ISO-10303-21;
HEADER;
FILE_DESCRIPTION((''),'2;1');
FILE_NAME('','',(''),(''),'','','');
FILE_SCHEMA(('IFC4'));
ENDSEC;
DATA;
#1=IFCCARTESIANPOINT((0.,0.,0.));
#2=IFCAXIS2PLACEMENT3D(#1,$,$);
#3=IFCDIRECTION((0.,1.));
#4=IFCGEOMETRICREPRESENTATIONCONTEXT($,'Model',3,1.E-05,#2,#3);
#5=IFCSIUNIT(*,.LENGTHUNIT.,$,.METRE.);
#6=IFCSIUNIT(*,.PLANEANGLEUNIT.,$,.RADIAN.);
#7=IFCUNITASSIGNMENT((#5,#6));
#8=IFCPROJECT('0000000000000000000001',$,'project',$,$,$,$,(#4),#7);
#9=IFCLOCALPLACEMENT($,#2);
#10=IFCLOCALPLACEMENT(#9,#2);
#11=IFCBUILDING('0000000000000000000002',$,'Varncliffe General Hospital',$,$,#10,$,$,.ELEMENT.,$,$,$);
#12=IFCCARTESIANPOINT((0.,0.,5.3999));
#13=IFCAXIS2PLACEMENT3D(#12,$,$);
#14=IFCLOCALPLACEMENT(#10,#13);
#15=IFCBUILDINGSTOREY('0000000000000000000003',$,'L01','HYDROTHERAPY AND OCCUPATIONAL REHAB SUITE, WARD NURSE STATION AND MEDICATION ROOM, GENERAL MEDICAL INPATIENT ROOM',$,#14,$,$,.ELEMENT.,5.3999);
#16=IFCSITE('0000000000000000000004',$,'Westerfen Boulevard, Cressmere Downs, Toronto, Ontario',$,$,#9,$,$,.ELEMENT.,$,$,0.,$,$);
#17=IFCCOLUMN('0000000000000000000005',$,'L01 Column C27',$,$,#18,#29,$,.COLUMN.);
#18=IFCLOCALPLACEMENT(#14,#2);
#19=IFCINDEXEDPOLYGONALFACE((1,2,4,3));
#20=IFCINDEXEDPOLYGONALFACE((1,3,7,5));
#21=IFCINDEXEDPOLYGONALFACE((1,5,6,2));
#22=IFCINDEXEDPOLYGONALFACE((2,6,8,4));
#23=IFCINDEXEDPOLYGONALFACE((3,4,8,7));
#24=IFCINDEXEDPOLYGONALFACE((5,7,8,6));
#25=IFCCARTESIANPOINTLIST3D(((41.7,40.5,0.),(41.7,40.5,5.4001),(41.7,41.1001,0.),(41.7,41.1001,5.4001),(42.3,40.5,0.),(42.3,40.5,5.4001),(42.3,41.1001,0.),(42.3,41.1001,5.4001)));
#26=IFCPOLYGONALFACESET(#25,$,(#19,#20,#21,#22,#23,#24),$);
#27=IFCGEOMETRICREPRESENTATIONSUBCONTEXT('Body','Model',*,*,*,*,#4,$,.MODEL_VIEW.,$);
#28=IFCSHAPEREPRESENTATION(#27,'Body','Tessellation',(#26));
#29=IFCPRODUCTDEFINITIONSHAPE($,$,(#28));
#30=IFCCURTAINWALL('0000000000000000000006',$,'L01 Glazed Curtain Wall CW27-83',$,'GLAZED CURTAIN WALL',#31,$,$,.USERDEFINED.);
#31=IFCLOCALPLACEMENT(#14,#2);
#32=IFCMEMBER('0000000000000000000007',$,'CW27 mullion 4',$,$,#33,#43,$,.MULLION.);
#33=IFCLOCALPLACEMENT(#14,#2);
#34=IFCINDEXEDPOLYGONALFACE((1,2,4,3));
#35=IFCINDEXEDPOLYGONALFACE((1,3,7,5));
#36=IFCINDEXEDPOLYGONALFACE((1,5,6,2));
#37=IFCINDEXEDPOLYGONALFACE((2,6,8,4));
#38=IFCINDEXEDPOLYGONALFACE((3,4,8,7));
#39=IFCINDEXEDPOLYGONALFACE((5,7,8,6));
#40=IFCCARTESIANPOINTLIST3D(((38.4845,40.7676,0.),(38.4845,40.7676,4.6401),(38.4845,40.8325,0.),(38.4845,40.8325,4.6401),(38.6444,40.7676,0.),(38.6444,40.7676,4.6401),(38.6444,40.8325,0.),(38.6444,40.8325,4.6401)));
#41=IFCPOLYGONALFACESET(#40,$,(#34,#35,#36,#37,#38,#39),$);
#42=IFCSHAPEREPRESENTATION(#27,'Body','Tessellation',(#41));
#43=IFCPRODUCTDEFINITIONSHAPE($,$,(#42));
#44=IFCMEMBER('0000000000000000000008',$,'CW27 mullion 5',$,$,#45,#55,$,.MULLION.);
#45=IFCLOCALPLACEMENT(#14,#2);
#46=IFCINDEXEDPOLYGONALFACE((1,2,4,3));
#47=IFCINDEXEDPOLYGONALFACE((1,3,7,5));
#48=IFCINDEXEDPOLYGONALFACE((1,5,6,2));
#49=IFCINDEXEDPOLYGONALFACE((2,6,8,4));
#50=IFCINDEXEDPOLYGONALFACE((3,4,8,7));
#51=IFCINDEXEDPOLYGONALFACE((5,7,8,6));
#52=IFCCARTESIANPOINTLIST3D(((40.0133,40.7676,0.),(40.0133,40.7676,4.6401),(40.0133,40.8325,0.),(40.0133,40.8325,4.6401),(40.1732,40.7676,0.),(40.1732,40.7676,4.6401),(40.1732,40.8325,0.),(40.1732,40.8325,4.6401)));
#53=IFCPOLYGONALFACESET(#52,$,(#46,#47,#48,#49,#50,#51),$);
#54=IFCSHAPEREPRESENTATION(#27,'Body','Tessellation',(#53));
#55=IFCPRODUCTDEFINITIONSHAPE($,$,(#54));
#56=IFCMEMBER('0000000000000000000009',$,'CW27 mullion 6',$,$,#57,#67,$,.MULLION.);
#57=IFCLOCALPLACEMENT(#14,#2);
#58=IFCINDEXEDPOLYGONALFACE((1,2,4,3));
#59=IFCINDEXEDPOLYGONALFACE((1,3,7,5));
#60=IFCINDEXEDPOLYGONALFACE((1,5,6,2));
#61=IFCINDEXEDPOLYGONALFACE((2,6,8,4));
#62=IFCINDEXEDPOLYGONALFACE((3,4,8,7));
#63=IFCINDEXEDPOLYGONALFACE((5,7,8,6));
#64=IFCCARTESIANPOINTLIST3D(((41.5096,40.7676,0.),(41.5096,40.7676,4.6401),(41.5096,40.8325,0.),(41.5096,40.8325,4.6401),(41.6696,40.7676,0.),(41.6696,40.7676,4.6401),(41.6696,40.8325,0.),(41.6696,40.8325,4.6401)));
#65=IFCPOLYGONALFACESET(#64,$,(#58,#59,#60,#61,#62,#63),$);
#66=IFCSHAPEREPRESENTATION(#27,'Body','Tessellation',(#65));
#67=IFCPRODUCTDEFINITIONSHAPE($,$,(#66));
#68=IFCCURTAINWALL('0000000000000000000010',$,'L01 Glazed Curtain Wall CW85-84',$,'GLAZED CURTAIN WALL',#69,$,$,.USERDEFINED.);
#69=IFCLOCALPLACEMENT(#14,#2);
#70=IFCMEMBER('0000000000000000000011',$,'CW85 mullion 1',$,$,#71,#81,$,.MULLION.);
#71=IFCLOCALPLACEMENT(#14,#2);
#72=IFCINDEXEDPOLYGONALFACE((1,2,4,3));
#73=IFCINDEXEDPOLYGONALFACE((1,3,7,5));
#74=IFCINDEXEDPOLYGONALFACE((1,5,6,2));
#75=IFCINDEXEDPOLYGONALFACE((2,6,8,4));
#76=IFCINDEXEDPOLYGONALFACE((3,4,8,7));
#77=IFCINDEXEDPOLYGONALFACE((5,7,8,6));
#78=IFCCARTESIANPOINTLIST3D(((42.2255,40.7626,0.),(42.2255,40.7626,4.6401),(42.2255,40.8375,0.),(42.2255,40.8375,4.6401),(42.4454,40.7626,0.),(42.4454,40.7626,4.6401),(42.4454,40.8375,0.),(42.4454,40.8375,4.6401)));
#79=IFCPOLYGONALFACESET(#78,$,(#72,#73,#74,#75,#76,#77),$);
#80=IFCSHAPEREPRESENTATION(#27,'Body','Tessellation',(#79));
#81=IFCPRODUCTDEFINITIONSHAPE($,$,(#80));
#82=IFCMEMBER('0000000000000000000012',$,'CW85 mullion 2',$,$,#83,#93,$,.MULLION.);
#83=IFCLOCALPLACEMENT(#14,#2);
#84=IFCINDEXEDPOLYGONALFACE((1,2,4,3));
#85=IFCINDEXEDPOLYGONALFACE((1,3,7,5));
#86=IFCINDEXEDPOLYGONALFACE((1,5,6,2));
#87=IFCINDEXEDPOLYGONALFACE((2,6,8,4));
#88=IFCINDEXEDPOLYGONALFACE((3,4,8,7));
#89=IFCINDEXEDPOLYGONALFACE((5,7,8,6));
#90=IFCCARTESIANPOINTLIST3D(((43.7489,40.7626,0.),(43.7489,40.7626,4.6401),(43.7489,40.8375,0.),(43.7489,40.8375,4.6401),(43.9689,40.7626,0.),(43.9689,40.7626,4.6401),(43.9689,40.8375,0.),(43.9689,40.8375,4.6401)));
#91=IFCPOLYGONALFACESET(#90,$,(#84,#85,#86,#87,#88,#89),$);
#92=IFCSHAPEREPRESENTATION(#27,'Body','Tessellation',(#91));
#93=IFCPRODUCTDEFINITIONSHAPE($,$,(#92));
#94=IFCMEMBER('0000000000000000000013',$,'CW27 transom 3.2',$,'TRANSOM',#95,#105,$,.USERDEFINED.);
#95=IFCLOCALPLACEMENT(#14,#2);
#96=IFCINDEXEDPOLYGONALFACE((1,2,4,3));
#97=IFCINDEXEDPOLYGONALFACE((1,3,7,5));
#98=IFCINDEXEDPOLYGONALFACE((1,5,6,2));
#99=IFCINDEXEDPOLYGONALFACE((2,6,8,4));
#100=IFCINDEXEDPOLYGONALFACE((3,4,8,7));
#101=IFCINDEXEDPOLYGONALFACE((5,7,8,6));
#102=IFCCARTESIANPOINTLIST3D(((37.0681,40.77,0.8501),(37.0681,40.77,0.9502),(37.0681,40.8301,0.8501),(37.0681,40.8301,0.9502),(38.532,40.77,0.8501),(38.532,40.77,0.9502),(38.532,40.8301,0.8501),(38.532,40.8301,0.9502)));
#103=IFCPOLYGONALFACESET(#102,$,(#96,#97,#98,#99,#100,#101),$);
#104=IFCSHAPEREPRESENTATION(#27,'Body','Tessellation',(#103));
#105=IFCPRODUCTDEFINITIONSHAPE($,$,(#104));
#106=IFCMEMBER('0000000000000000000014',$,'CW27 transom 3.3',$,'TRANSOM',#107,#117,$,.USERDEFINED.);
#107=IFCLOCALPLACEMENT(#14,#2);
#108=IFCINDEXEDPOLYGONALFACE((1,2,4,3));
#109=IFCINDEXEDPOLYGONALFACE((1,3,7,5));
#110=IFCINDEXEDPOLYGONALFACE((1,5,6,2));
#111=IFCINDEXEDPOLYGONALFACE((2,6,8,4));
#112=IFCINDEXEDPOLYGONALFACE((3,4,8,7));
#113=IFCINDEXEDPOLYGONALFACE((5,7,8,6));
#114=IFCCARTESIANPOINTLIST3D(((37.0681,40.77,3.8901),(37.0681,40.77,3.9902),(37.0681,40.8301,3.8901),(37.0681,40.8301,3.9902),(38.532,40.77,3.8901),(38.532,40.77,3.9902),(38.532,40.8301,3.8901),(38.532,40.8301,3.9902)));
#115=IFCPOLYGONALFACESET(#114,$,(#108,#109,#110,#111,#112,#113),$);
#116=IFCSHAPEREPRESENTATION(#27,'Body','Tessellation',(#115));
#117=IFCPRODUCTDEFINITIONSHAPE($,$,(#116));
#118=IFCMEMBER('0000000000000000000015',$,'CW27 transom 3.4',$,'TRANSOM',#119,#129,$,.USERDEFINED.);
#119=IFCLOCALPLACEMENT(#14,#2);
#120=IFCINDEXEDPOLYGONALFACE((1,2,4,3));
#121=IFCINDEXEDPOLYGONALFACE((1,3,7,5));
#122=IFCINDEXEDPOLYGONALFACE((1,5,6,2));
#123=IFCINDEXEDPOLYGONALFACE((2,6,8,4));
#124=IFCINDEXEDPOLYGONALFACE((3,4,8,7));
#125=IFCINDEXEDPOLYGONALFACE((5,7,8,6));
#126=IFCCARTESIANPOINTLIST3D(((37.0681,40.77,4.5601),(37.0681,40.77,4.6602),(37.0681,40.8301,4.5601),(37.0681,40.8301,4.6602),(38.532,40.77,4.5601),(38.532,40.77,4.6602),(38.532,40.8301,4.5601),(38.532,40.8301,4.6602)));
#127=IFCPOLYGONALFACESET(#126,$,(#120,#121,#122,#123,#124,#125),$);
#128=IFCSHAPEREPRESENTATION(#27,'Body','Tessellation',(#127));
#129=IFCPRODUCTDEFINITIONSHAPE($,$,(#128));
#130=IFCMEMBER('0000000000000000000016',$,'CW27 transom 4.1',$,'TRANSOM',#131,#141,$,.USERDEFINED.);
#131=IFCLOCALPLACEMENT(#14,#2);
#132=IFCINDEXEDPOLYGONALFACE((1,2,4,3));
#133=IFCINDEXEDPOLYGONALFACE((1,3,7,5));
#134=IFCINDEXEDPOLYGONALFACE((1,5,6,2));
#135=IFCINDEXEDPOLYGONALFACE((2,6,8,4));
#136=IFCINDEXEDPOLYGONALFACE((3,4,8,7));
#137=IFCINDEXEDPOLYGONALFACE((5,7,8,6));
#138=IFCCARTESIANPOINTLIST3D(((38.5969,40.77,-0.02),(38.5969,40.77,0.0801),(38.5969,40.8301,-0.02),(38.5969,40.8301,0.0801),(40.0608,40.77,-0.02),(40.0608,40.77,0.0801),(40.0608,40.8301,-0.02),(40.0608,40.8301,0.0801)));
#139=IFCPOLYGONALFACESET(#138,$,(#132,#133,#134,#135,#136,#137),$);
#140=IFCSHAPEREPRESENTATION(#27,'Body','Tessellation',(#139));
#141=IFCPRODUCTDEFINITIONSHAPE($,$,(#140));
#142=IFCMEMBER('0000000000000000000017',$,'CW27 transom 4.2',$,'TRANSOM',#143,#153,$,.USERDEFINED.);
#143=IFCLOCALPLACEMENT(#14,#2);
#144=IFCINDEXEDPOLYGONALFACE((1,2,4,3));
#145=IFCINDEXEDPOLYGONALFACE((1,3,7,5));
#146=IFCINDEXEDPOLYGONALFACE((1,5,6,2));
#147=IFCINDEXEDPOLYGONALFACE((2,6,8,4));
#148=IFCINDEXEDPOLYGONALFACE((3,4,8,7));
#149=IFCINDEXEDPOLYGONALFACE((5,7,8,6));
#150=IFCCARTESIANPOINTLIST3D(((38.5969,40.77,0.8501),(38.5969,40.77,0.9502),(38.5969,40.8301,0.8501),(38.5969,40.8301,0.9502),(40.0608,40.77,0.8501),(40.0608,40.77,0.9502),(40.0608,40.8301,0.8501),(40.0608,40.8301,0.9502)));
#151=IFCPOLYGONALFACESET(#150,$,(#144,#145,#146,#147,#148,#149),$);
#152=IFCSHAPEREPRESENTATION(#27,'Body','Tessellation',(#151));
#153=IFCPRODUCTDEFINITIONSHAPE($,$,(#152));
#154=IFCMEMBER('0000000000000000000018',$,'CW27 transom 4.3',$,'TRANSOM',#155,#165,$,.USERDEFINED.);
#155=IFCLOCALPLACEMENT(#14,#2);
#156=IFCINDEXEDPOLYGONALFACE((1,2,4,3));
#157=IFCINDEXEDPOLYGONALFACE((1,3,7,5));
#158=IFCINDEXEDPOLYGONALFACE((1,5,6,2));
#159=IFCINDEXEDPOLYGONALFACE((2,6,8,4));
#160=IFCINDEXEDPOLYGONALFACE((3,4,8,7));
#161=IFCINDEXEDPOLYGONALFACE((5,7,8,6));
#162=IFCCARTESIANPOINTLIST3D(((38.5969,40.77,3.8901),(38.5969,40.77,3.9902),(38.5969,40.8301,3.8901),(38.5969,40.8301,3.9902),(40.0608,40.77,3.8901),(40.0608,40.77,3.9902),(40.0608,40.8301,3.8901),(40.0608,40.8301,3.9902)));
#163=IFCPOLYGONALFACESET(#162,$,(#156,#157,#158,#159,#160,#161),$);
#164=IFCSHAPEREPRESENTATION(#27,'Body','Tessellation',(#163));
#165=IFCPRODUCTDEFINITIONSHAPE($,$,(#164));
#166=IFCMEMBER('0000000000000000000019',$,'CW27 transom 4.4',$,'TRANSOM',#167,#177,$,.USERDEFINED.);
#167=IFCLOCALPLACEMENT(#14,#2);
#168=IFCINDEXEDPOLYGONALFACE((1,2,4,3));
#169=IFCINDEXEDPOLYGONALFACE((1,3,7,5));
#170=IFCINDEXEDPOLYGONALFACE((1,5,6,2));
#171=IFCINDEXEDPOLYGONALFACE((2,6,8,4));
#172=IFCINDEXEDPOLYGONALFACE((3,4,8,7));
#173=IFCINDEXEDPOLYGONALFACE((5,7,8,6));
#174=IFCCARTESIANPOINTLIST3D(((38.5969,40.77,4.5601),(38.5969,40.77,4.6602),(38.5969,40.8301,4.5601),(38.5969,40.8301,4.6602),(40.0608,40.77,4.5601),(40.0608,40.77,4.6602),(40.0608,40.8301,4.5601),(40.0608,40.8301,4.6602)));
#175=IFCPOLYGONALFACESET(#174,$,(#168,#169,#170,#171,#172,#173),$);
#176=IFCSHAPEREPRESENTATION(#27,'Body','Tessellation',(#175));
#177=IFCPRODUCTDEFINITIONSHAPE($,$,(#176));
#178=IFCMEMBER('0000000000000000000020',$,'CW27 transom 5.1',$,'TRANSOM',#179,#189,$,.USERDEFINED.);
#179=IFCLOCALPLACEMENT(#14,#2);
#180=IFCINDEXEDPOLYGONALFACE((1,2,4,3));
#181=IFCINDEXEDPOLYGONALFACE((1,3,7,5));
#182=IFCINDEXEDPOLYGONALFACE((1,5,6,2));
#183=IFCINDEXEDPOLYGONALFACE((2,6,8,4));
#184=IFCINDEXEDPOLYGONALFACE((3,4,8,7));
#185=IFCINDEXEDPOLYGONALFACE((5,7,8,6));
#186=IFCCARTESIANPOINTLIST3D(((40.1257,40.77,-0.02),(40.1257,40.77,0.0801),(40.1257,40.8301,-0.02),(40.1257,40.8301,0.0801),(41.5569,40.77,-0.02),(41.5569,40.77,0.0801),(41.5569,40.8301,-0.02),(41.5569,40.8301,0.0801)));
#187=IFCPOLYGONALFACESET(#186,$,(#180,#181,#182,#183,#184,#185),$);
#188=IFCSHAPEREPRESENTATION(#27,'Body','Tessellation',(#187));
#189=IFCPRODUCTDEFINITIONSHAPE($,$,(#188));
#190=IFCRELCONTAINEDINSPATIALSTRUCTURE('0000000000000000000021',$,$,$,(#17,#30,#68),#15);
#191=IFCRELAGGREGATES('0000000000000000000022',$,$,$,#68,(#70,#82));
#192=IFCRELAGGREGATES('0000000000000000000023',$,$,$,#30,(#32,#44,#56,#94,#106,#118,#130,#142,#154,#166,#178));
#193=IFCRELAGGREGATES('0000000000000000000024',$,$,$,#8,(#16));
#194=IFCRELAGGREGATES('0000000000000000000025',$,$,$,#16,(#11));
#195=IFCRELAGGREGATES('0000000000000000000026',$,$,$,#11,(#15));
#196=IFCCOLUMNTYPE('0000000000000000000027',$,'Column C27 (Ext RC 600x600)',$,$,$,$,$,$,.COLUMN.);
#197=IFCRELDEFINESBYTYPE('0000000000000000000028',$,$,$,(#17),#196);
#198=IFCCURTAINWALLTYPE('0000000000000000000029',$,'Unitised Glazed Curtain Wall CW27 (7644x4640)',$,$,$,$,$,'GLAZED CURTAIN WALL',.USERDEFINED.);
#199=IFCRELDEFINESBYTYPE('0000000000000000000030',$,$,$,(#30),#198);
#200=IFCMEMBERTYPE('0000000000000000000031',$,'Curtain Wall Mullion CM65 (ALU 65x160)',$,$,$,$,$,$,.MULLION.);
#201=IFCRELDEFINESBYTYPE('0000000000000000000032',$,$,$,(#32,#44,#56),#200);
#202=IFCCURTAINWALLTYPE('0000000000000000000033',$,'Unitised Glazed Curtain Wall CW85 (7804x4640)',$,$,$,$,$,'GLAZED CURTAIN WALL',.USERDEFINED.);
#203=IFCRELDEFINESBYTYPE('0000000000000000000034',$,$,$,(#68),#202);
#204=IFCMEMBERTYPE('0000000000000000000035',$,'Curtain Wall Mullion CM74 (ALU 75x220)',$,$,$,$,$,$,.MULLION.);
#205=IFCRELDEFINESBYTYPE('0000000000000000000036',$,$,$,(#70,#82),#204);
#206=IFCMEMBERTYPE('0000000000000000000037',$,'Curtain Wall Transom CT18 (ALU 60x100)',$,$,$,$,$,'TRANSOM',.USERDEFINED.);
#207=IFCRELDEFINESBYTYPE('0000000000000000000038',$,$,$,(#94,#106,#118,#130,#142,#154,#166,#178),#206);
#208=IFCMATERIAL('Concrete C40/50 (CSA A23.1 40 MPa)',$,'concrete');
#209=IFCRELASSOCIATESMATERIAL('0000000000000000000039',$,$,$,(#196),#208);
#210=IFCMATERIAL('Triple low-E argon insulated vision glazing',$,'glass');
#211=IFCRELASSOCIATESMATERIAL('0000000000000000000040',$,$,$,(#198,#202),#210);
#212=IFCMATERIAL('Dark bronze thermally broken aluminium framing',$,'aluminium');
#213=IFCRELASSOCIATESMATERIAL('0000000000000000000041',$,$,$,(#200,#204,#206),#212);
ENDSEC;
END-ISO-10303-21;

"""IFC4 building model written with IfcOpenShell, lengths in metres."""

from ifc_helpers import new_model, si_unit, direction, frame, origin, origin_2d, place, context, subcontext, project, spatial, rectangle, extrude, material, material_profile, profile_set, type_object, element, aggregate, save


model = new_model("IFC4")

# Units and contexts
model_context = context("Model", 3, precision=1e-05, world=origin(), true_north=direction((0.0, 1.0)))
body_context = subcontext(model_context, "Body", "Model", "MODEL_VIEW")
ifc_project = project(units=[si_unit("LENGTHUNIT", "METRE"), si_unit("PLANEANGLEUNIT", "RADIAN")], contexts=[model_context])

# Site, building, storey
site_placement = place(None, origin())
site = spatial("IfcSite", under=ifc_project, at=site_placement, Name="Westerfen Boulevard, Cressmere Downs, Toronto, Ontario", CompositionType="ELEMENT", RefElevation=0.0)
building_placement = place(site_placement, origin())
building = spatial("IfcBuilding", under=site, at=building_placement, Name="Varncliffe General Hospital", CompositionType="ELEMENT")
storey_placement = place(building_placement, frame((0.0, 0.0, 5.3999)))
storey = spatial("IfcBuildingStorey", under=building, at=storey_placement, Name="L01", Description="HYDROTHERAPY AND OCCUPATIONAL REHAB SUITE, WARD NURSE STATION AND MEDICATION ROOM, GENERAL MEDICAL INPATIENT ROOM", CompositionType="ELEMENT", Elevation=5.3999)

# Column
ifc_material_1 = material(Name="Concrete C40/50 (CSA A23.1 40 MPa)", Category="concrete")
ifc_material_profile_1 = material_profile(ifc_material_1, rectangle(XDim=0.6001, YDim=0.6001, at=origin_2d()), Name="RC 600x600")
ifc_profile_set_1 = profile_set([ifc_material_profile_1], Name="Concrete C40/50 (CSA A23.1 40 MPa)")
column_type = type_object("IfcColumnType", Name="Column C27 (Ext RC 600x600)", PredefinedType="COLUMN", material=ifc_profile_set_1)
column_placement = place(storey_placement, frame((42.0, 40.8, 0.0), z_axis=(0.0, 0.0, 1.0), x_axis=(1.0, 0.0, 0.0)))
element("IfcColumn", 1, at=column_placement, inside=storey, type_object=column_type, Name="L01 Column C27", PredefinedType="COLUMN", context=body_context, shape_type="SweptSolid", body=[
    extrude(rectangle(XDim=0.6001, YDim=0.6001, at=origin_2d()), origin(), (0.0, 0.0, 1.0), 5.4001),
])

# Curtain walls, members
ifc_material_2 = material(Name="Triple low-E argon insulated vision glazing", Category="glass")
curtain_wall_type_1 = type_object("IfcCurtainWallType", Name="Unitised Glazed Curtain Wall CW27 (7644x4640)", ElementType="GLAZED CURTAIN WALL", PredefinedType="USERDEFINED", material=ifc_material_2)
curtain_wall_1_placement = place(storey_placement, origin())
curtain_wall_1 = element("IfcCurtainWall", 2, at=curtain_wall_1_placement, inside=storey, type_object=curtain_wall_type_1, Name="L01 Glazed Curtain Wall CW27-83", ObjectType="GLAZED CURTAIN WALL", PredefinedType="USERDEFINED")
ifc_material_3 = material(Name="Dark bronze thermally broken aluminium framing", Category="aluminium")
ifc_material_profile_2 = material_profile(ifc_material_3, rectangle(XDim=0.0649, YDim=0.1599, at=origin_2d()), Name="ALU 65x160")
ifc_profile_set_2 = profile_set([ifc_material_profile_2], Name="Dark bronze thermally broken aluminium framing")
member_type_1 = type_object("IfcMemberType", Name="Curtain Wall Mullion CM65 (ALU 65x160)", PredefinedType="MULLION", material=ifc_profile_set_2)
member_1_placement = place(storey_placement, frame((38.5645, 40.8, 0.0), z_axis=(0.0, 0.0, 1.0), x_axis=(0.0, 1.0, 0.0)))
member_1 = element("IfcMember", 3, at=member_1_placement, type_object=member_type_1, Name="CW27 mullion 4", PredefinedType="MULLION", context=body_context, shape_type="SweptSolid", body=[
    extrude(rectangle(XDim=0.0649, YDim=0.1599, at=origin_2d()), origin(), (0.0, 0.0, 1.0), 4.6401),
])
member_2_placement = place(storey_placement, frame((40.0933, 40.8, 0.0), z_axis=(0.0, 0.0, 1.0), x_axis=(0.0, 1.0, 0.0)))
member_2 = element("IfcMember", 4, at=member_2_placement, type_object=member_type_1, Name="CW27 mullion 5", PredefinedType="MULLION", context=body_context, shape_type="SweptSolid", body=[
    extrude(rectangle(XDim=0.0649, YDim=0.1599, at=origin_2d()), origin(), (0.0, 0.0, 1.0), 4.6401),
])
member_3_placement = place(storey_placement, frame((41.5896, 40.8, 0.0), z_axis=(0.0, 0.0, 1.0), x_axis=(0.0, 1.0, 0.0)))
member_3 = element("IfcMember", 5, at=member_3_placement, type_object=member_type_1, Name="CW27 mullion 6", PredefinedType="MULLION", context=body_context, shape_type="SweptSolid", body=[
    extrude(rectangle(XDim=0.0649, YDim=0.1599, at=origin_2d()), origin(), (0.0, 0.0, 1.0), 4.6401),
])
curtain_wall_type_2 = type_object("IfcCurtainWallType", Name="Unitised Glazed Curtain Wall CW85 (7804x4640)", ElementType="GLAZED CURTAIN WALL", PredefinedType="USERDEFINED", material=ifc_material_2)
curtain_wall_2_placement = place(storey_placement, origin())
curtain_wall_2 = element("IfcCurtainWall", 6, at=curtain_wall_2_placement, inside=storey, type_object=curtain_wall_type_2, Name="L01 Glazed Curtain Wall CW85-84", ObjectType="GLAZED CURTAIN WALL", PredefinedType="USERDEFINED")
ifc_material_profile_3 = material_profile(ifc_material_3, rectangle(XDim=0.075, YDim=0.22, at=origin_2d()), Name="ALU 75x220")
ifc_profile_set_3 = profile_set([ifc_material_profile_3], Name="Dark bronze thermally broken aluminium framing")
member_type_2 = type_object("IfcMemberType", Name="Curtain Wall Mullion CM74 (ALU 75x220)", PredefinedType="MULLION", material=ifc_profile_set_3)
member_4_placement = place(storey_placement, frame((42.3354, 40.8, 0.0), z_axis=(0.0, 0.0, 1.0), x_axis=(0.0, 1.0, 0.0)))
member_4 = element("IfcMember", 7, at=member_4_placement, type_object=member_type_2, Name="CW85 mullion 1", PredefinedType="MULLION", context=body_context, shape_type="SweptSolid", body=[
    extrude(rectangle(XDim=0.075, YDim=0.22, at=origin_2d()), origin(), (0.0, 0.0, 1.0), 4.6401),
])
member_5_placement = place(storey_placement, frame((43.8589, 40.8, 0.0), z_axis=(0.0, 0.0, 1.0), x_axis=(0.0, 1.0, 0.0)))
member_5 = element("IfcMember", 8, at=member_5_placement, type_object=member_type_2, Name="CW85 mullion 2", PredefinedType="MULLION", context=body_context, shape_type="SweptSolid", body=[
    extrude(rectangle(XDim=0.075, YDim=0.22, at=origin_2d()), origin(), (0.0, 0.0, 1.0), 4.6401),
])

# Members
ifc_material_profile_4 = material_profile(ifc_material_3, rectangle(XDim=0.0601, YDim=0.1001, at=origin_2d()), Name="ALU 60x100")
ifc_profile_set_4 = profile_set([ifc_material_profile_4], Name="Dark bronze thermally broken aluminium framing")
member_type_3 = type_object("IfcMemberType", Name="Curtain Wall Transom CT18 (ALU 60x100)", ElementType="TRANSOM", PredefinedType="USERDEFINED", material=ifc_profile_set_4)
member_6_placement = place(storey_placement, frame((37.0681, 40.8, 0.9001), z_axis=(1.0, 0.0, 0.0), x_axis=(0.0, 1.0, 0.0)))
member_6 = element("IfcMember", 9, at=member_6_placement, type_object=member_type_3, Name="CW27 transom 3.2", ObjectType="TRANSOM", PredefinedType="USERDEFINED", context=body_context, shape_type="SweptSolid", body=[
    extrude(rectangle(XDim=0.0601, YDim=0.1001, at=origin_2d()), origin(), (0.0, 0.0, 1.0), 1.4639),
])
member_7_placement = place(storey_placement, frame((37.0681, 40.8, 3.9402), z_axis=(1.0, 0.0, 0.0), x_axis=(0.0, 1.0, 0.0)))
member_7 = element("IfcMember", 10, at=member_7_placement, type_object=member_type_3, Name="CW27 transom 3.3", ObjectType="TRANSOM", PredefinedType="USERDEFINED", context=body_context, shape_type="SweptSolid", body=[
    extrude(rectangle(XDim=0.0601, YDim=0.1001, at=origin_2d()), origin(), (0.0, 0.0, 1.0), 1.4639),
])
member_8_placement = place(storey_placement, frame((37.0681, 40.8, 4.6101), z_axis=(1.0, 0.0, 0.0), x_axis=(0.0, 1.0, 0.0)))
member_8 = element("IfcMember", 11, at=member_8_placement, type_object=member_type_3, Name="CW27 transom 3.4", ObjectType="TRANSOM", PredefinedType="USERDEFINED", context=body_context, shape_type="SweptSolid", body=[
    extrude(rectangle(XDim=0.0601, YDim=0.1001, at=origin_2d()), origin(), (0.0, 0.0, 1.0), 1.4639),
])
member_9_placement = place(storey_placement, frame((38.5969, 40.8, 0.03), z_axis=(1.0, 0.0, 0.0), x_axis=(0.0, 1.0, 0.0)))
member_9 = element("IfcMember", 12, at=member_9_placement, type_object=member_type_3, Name="CW27 transom 4.1", ObjectType="TRANSOM", PredefinedType="USERDEFINED", context=body_context, shape_type="SweptSolid", body=[
    extrude(rectangle(XDim=0.0601, YDim=0.1001, at=origin_2d()), origin(), (0.0, 0.0, 1.0), 1.4639),
])
member_10_placement = place(storey_placement, frame((38.5969, 40.8, 0.9001), z_axis=(1.0, 0.0, 0.0), x_axis=(0.0, 1.0, 0.0)))
member_10 = element("IfcMember", 13, at=member_10_placement, type_object=member_type_3, Name="CW27 transom 4.2", ObjectType="TRANSOM", PredefinedType="USERDEFINED", context=body_context, shape_type="SweptSolid", body=[
    extrude(rectangle(XDim=0.0601, YDim=0.1001, at=origin_2d()), origin(), (0.0, 0.0, 1.0), 1.4639),
])
member_11_placement = place(storey_placement, frame((38.5969, 40.8, 3.9402), z_axis=(1.0, 0.0, 0.0), x_axis=(0.0, 1.0, 0.0)))
member_11 = element("IfcMember", 14, at=member_11_placement, type_object=member_type_3, Name="CW27 transom 4.3", ObjectType="TRANSOM", PredefinedType="USERDEFINED", context=body_context, shape_type="SweptSolid", body=[
    extrude(rectangle(XDim=0.0601, YDim=0.1001, at=origin_2d()), origin(), (0.0, 0.0, 1.0), 1.4639),
])
member_12_placement = place(storey_placement, frame((38.5969, 40.8, 4.6101), z_axis=(1.0, 0.0, 0.0), x_axis=(0.0, 1.0, 0.0)))
member_12 = element("IfcMember", 15, at=member_12_placement, type_object=member_type_3, Name="CW27 transom 4.4", ObjectType="TRANSOM", PredefinedType="USERDEFINED", context=body_context, shape_type="SweptSolid", body=[
    extrude(rectangle(XDim=0.0601, YDim=0.1001, at=origin_2d()), origin(), (0.0, 0.0, 1.0), 1.4639),
])
member_13_placement = place(storey_placement, frame((40.1257, 40.8, 0.03), z_axis=(1.0, 0.0, 0.0), x_axis=(0.0, 1.0, 0.0)))
member_13 = element("IfcMember", 16, at=member_13_placement, type_object=member_type_3, Name="CW27 transom 5.1", ObjectType="TRANSOM", PredefinedType="USERDEFINED", context=body_context, shape_type="SweptSolid", body=[
    extrude(rectangle(XDim=0.0601, YDim=0.1001, at=origin_2d()), origin(), (0.0, 0.0, 1.0), 1.4312),
])

aggregate(curtain_wall_2, [member_4, member_5])
aggregate(curtain_wall_1, [member_1, member_2, member_3, member_6, member_7, member_8, member_9, member_10, member_11, member_12, member_13])

save(model, "model.ifc")
